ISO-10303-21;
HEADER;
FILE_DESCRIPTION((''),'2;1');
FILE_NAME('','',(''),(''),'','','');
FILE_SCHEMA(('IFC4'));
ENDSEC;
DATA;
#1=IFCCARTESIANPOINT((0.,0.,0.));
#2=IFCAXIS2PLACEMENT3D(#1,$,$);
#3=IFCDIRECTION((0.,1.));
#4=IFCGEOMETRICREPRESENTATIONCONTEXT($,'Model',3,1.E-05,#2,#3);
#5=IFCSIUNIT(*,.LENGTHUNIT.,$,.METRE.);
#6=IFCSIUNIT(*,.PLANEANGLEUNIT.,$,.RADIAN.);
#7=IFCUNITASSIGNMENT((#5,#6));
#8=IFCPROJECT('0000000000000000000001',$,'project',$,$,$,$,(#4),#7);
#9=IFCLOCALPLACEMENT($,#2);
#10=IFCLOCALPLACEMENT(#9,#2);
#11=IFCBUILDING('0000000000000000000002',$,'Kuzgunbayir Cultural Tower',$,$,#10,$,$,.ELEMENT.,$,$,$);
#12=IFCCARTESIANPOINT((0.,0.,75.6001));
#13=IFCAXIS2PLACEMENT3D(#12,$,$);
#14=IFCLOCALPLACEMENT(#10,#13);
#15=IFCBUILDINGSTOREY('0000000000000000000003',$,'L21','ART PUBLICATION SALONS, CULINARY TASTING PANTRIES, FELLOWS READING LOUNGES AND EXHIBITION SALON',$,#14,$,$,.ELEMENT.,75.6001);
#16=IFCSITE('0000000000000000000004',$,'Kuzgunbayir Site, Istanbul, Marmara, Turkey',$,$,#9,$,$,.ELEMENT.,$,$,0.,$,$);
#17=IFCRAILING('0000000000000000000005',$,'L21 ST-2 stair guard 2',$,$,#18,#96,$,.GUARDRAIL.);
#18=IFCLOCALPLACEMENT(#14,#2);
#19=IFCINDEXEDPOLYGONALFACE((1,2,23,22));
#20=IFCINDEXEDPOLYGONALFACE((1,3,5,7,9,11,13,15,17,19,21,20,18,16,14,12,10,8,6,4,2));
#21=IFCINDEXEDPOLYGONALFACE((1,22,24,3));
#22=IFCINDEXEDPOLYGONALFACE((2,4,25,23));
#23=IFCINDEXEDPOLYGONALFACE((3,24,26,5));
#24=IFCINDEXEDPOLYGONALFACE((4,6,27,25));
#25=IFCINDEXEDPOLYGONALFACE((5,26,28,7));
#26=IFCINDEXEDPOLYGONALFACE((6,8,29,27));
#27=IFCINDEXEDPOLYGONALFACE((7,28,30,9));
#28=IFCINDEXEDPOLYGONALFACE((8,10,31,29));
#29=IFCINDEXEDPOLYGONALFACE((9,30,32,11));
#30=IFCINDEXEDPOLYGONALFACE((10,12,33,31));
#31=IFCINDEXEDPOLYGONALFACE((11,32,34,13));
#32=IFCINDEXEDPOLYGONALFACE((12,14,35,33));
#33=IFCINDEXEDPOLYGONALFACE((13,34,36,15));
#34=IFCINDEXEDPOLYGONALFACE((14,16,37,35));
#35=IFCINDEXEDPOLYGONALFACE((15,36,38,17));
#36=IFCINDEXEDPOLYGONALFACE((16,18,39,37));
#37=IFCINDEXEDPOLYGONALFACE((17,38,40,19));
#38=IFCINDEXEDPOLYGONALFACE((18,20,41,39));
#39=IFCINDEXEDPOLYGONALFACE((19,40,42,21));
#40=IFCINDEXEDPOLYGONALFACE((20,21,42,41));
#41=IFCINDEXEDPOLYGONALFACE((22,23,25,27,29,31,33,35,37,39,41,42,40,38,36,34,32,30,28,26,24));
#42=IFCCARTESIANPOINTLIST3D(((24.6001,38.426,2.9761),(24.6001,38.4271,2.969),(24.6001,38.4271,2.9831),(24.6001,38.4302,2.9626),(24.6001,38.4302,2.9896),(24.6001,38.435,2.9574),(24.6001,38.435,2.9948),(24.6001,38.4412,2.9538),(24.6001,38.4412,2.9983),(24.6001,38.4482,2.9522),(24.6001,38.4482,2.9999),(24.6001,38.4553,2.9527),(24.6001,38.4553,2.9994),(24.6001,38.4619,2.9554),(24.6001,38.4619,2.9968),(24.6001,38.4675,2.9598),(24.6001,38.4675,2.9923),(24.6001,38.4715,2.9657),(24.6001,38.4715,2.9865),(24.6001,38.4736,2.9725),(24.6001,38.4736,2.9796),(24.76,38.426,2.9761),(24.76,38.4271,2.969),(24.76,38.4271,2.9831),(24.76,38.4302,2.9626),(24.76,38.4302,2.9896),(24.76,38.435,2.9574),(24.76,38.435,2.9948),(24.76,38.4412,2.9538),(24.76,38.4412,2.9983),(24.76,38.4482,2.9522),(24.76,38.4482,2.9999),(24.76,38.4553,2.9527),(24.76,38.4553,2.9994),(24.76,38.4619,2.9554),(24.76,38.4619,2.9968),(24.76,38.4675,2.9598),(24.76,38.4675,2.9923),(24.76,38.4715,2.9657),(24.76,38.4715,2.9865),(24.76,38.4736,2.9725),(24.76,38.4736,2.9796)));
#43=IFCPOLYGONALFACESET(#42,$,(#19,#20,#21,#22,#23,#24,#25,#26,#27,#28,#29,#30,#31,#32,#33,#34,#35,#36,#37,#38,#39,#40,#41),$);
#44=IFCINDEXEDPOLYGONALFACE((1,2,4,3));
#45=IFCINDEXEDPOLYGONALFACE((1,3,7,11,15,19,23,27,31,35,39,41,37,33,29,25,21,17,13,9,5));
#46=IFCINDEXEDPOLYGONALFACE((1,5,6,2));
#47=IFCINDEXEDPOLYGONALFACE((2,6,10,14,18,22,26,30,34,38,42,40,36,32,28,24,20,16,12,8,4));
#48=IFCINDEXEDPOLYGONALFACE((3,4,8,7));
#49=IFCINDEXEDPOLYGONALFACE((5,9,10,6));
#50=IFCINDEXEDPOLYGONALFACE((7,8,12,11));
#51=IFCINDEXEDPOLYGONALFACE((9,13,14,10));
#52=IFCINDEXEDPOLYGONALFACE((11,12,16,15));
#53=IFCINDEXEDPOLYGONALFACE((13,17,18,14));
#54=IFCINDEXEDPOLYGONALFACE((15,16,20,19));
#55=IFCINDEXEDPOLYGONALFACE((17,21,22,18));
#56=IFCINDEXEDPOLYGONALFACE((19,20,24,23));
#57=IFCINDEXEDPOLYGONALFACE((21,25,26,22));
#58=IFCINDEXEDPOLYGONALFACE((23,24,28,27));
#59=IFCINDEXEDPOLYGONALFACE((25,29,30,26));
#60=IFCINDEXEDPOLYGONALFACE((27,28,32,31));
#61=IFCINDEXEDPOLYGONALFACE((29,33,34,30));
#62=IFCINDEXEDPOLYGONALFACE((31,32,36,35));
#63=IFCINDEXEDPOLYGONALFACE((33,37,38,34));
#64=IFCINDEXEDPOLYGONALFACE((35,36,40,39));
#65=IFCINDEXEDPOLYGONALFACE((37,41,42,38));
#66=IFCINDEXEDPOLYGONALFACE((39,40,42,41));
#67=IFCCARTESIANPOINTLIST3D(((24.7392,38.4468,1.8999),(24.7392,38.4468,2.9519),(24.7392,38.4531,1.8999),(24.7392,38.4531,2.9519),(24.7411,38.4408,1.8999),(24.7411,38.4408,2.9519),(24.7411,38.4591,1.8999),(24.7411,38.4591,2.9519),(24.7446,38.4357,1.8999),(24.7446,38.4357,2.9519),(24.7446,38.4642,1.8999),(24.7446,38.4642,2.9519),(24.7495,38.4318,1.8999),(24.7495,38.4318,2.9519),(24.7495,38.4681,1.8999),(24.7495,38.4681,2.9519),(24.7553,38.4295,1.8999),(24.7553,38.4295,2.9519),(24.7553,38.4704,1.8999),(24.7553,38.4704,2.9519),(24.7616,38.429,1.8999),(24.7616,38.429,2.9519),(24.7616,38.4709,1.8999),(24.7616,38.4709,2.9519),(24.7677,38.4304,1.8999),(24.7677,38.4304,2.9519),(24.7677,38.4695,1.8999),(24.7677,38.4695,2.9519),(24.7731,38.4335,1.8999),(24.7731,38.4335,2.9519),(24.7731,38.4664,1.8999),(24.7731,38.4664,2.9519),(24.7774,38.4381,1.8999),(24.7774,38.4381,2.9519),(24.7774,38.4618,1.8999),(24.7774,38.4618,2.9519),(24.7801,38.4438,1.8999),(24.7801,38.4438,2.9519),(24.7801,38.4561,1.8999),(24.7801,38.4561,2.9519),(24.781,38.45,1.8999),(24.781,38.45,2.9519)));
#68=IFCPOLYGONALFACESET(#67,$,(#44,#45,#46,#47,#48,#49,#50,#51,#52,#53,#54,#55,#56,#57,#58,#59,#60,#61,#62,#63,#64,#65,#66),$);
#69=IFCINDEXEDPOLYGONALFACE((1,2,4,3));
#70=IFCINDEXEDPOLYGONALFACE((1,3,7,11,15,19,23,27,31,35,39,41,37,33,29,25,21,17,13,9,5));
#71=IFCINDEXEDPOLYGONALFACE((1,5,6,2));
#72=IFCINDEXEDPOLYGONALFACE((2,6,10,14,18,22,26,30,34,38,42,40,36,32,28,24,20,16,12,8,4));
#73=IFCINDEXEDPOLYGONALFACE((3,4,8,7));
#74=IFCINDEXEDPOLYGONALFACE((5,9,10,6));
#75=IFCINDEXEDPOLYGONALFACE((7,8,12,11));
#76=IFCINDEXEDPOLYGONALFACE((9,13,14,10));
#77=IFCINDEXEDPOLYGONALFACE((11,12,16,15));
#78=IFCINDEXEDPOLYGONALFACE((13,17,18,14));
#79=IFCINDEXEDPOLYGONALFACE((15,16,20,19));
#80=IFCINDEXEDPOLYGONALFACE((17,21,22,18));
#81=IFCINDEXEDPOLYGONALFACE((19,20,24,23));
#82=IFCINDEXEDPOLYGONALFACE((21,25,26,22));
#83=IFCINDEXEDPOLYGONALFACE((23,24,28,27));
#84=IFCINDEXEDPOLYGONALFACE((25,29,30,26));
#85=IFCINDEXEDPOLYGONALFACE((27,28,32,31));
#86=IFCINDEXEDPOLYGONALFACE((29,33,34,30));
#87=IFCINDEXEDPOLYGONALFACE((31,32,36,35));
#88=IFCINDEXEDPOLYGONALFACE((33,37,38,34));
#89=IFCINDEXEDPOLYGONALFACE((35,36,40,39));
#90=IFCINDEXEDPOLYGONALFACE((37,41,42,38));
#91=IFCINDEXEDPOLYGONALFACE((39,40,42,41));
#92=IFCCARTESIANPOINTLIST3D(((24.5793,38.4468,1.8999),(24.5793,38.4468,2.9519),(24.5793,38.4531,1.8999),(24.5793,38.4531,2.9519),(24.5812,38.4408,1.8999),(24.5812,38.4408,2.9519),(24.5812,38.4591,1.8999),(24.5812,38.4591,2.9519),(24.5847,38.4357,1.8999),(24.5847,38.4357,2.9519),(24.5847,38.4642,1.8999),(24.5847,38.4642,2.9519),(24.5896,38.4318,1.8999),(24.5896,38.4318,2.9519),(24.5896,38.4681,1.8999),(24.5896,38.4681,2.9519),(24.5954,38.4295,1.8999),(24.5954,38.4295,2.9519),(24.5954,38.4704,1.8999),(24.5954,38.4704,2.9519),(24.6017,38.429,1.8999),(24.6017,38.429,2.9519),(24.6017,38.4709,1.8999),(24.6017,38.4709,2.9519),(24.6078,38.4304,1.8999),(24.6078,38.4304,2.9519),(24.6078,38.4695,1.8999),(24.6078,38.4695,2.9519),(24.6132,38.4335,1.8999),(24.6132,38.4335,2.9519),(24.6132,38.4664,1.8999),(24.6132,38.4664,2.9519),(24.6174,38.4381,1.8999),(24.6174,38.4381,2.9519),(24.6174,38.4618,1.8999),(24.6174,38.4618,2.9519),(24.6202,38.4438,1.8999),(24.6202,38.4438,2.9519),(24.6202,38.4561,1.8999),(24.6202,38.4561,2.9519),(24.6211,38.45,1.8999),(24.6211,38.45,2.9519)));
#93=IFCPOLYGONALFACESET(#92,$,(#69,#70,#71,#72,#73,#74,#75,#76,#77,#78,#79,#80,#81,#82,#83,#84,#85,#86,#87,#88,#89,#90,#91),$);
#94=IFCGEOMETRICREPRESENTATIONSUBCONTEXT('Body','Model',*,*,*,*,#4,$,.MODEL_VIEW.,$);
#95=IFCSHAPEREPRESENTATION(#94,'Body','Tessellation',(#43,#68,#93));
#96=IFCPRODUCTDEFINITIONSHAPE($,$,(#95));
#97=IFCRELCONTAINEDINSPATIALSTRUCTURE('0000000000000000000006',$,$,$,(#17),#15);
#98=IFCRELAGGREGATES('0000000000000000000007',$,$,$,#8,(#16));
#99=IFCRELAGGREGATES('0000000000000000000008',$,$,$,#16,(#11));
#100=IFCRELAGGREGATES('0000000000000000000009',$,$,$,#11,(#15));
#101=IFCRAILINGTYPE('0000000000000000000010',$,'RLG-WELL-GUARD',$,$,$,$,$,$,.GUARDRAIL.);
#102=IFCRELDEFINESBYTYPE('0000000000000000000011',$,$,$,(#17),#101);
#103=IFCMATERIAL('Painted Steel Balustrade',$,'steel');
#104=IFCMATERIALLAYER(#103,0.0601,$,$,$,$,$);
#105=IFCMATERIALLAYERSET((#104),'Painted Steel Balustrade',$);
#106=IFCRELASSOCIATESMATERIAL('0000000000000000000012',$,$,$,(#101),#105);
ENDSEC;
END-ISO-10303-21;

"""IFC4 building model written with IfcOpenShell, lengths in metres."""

from ifc_helpers import new_model, si_unit, direction, frame, origin, origin_2d, place, context, subcontext, project, spatial, circle, extrude, material, layer, layer_set, type_object, element, save


model = new_model("IFC4")

# Units and contexts
model_context = context("Model", 3, precision=1e-05, world=origin(), true_north=direction((0.0, 1.0)))
body_context = subcontext(model_context, "Body", "Model", "MODEL_VIEW")
ifc_project = project(units=[si_unit("LENGTHUNIT", "METRE"), si_unit("PLANEANGLEUNIT", "RADIAN")], contexts=[model_context])

# Site, building, storey
site_placement = place(None, origin())
site = spatial("IfcSite", under=ifc_project, at=site_placement, Name="Kuzgunbayir Site, Istanbul, Marmara, Turkey", CompositionType="ELEMENT", RefElevation=0.0)
building_placement = place(site_placement, origin())
building = spatial("IfcBuilding", under=site, at=building_placement, Name="Kuzgunbayir Cultural Tower", CompositionType="ELEMENT")
storey_placement = place(building_placement, frame((0.0, 0.0, 75.6001)))
storey = spatial("IfcBuildingStorey", under=building, at=storey_placement, Name="L21", Description="ART PUBLICATION SALONS, CULINARY TASTING PANTRIES, FELLOWS READING LOUNGES AND EXHIBITION SALON", CompositionType="ELEMENT", Elevation=75.6001)

# Railing
ifc_material_1 = material(Name="Painted Steel Balustrade", Category="steel")
ifc_layer_1 = layer(ifc_material_1, 0.0601)
ifc_layer_set_1 = layer_set([ifc_layer_1], Name="Painted Steel Balustrade")
railing_type_1 = type_object("IfcRailingType", Name="RLG-WELL-GUARD", PredefinedType="GUARDRAIL", material=ifc_layer_set_1)
railing_1_placement = place(storey_placement, frame((24.76, 38.45, 1.8999)))
element("IfcRailing", 1, at=railing_1_placement, inside=storey, type_object=railing_type_1, Name="L21 ST-2 stair guard 2", PredefinedType="GUARDRAIL", context=body_context, shape_type="SweptSolid", body=[
    extrude(circle(Radius=0.0239, at=origin_2d()), frame((0.0, 0.0, 1.0762), z_axis=(-1.0, 0.0, 0.0), x_axis=(0.0, -1.0, 0.0)), (0.0, 0.0, 1.0), 0.1599),
    extrude(circle(Radius=0.021, at=origin_2d()), origin(), (0.0, 0.0, 1.0), 1.052),
    extrude(circle(Radius=0.021, at=origin_2d()), frame((-0.1599, 0.0, 0.0)), (0.0, 0.0, 1.0), 1.052),
])

save(model, "model.ifc")
